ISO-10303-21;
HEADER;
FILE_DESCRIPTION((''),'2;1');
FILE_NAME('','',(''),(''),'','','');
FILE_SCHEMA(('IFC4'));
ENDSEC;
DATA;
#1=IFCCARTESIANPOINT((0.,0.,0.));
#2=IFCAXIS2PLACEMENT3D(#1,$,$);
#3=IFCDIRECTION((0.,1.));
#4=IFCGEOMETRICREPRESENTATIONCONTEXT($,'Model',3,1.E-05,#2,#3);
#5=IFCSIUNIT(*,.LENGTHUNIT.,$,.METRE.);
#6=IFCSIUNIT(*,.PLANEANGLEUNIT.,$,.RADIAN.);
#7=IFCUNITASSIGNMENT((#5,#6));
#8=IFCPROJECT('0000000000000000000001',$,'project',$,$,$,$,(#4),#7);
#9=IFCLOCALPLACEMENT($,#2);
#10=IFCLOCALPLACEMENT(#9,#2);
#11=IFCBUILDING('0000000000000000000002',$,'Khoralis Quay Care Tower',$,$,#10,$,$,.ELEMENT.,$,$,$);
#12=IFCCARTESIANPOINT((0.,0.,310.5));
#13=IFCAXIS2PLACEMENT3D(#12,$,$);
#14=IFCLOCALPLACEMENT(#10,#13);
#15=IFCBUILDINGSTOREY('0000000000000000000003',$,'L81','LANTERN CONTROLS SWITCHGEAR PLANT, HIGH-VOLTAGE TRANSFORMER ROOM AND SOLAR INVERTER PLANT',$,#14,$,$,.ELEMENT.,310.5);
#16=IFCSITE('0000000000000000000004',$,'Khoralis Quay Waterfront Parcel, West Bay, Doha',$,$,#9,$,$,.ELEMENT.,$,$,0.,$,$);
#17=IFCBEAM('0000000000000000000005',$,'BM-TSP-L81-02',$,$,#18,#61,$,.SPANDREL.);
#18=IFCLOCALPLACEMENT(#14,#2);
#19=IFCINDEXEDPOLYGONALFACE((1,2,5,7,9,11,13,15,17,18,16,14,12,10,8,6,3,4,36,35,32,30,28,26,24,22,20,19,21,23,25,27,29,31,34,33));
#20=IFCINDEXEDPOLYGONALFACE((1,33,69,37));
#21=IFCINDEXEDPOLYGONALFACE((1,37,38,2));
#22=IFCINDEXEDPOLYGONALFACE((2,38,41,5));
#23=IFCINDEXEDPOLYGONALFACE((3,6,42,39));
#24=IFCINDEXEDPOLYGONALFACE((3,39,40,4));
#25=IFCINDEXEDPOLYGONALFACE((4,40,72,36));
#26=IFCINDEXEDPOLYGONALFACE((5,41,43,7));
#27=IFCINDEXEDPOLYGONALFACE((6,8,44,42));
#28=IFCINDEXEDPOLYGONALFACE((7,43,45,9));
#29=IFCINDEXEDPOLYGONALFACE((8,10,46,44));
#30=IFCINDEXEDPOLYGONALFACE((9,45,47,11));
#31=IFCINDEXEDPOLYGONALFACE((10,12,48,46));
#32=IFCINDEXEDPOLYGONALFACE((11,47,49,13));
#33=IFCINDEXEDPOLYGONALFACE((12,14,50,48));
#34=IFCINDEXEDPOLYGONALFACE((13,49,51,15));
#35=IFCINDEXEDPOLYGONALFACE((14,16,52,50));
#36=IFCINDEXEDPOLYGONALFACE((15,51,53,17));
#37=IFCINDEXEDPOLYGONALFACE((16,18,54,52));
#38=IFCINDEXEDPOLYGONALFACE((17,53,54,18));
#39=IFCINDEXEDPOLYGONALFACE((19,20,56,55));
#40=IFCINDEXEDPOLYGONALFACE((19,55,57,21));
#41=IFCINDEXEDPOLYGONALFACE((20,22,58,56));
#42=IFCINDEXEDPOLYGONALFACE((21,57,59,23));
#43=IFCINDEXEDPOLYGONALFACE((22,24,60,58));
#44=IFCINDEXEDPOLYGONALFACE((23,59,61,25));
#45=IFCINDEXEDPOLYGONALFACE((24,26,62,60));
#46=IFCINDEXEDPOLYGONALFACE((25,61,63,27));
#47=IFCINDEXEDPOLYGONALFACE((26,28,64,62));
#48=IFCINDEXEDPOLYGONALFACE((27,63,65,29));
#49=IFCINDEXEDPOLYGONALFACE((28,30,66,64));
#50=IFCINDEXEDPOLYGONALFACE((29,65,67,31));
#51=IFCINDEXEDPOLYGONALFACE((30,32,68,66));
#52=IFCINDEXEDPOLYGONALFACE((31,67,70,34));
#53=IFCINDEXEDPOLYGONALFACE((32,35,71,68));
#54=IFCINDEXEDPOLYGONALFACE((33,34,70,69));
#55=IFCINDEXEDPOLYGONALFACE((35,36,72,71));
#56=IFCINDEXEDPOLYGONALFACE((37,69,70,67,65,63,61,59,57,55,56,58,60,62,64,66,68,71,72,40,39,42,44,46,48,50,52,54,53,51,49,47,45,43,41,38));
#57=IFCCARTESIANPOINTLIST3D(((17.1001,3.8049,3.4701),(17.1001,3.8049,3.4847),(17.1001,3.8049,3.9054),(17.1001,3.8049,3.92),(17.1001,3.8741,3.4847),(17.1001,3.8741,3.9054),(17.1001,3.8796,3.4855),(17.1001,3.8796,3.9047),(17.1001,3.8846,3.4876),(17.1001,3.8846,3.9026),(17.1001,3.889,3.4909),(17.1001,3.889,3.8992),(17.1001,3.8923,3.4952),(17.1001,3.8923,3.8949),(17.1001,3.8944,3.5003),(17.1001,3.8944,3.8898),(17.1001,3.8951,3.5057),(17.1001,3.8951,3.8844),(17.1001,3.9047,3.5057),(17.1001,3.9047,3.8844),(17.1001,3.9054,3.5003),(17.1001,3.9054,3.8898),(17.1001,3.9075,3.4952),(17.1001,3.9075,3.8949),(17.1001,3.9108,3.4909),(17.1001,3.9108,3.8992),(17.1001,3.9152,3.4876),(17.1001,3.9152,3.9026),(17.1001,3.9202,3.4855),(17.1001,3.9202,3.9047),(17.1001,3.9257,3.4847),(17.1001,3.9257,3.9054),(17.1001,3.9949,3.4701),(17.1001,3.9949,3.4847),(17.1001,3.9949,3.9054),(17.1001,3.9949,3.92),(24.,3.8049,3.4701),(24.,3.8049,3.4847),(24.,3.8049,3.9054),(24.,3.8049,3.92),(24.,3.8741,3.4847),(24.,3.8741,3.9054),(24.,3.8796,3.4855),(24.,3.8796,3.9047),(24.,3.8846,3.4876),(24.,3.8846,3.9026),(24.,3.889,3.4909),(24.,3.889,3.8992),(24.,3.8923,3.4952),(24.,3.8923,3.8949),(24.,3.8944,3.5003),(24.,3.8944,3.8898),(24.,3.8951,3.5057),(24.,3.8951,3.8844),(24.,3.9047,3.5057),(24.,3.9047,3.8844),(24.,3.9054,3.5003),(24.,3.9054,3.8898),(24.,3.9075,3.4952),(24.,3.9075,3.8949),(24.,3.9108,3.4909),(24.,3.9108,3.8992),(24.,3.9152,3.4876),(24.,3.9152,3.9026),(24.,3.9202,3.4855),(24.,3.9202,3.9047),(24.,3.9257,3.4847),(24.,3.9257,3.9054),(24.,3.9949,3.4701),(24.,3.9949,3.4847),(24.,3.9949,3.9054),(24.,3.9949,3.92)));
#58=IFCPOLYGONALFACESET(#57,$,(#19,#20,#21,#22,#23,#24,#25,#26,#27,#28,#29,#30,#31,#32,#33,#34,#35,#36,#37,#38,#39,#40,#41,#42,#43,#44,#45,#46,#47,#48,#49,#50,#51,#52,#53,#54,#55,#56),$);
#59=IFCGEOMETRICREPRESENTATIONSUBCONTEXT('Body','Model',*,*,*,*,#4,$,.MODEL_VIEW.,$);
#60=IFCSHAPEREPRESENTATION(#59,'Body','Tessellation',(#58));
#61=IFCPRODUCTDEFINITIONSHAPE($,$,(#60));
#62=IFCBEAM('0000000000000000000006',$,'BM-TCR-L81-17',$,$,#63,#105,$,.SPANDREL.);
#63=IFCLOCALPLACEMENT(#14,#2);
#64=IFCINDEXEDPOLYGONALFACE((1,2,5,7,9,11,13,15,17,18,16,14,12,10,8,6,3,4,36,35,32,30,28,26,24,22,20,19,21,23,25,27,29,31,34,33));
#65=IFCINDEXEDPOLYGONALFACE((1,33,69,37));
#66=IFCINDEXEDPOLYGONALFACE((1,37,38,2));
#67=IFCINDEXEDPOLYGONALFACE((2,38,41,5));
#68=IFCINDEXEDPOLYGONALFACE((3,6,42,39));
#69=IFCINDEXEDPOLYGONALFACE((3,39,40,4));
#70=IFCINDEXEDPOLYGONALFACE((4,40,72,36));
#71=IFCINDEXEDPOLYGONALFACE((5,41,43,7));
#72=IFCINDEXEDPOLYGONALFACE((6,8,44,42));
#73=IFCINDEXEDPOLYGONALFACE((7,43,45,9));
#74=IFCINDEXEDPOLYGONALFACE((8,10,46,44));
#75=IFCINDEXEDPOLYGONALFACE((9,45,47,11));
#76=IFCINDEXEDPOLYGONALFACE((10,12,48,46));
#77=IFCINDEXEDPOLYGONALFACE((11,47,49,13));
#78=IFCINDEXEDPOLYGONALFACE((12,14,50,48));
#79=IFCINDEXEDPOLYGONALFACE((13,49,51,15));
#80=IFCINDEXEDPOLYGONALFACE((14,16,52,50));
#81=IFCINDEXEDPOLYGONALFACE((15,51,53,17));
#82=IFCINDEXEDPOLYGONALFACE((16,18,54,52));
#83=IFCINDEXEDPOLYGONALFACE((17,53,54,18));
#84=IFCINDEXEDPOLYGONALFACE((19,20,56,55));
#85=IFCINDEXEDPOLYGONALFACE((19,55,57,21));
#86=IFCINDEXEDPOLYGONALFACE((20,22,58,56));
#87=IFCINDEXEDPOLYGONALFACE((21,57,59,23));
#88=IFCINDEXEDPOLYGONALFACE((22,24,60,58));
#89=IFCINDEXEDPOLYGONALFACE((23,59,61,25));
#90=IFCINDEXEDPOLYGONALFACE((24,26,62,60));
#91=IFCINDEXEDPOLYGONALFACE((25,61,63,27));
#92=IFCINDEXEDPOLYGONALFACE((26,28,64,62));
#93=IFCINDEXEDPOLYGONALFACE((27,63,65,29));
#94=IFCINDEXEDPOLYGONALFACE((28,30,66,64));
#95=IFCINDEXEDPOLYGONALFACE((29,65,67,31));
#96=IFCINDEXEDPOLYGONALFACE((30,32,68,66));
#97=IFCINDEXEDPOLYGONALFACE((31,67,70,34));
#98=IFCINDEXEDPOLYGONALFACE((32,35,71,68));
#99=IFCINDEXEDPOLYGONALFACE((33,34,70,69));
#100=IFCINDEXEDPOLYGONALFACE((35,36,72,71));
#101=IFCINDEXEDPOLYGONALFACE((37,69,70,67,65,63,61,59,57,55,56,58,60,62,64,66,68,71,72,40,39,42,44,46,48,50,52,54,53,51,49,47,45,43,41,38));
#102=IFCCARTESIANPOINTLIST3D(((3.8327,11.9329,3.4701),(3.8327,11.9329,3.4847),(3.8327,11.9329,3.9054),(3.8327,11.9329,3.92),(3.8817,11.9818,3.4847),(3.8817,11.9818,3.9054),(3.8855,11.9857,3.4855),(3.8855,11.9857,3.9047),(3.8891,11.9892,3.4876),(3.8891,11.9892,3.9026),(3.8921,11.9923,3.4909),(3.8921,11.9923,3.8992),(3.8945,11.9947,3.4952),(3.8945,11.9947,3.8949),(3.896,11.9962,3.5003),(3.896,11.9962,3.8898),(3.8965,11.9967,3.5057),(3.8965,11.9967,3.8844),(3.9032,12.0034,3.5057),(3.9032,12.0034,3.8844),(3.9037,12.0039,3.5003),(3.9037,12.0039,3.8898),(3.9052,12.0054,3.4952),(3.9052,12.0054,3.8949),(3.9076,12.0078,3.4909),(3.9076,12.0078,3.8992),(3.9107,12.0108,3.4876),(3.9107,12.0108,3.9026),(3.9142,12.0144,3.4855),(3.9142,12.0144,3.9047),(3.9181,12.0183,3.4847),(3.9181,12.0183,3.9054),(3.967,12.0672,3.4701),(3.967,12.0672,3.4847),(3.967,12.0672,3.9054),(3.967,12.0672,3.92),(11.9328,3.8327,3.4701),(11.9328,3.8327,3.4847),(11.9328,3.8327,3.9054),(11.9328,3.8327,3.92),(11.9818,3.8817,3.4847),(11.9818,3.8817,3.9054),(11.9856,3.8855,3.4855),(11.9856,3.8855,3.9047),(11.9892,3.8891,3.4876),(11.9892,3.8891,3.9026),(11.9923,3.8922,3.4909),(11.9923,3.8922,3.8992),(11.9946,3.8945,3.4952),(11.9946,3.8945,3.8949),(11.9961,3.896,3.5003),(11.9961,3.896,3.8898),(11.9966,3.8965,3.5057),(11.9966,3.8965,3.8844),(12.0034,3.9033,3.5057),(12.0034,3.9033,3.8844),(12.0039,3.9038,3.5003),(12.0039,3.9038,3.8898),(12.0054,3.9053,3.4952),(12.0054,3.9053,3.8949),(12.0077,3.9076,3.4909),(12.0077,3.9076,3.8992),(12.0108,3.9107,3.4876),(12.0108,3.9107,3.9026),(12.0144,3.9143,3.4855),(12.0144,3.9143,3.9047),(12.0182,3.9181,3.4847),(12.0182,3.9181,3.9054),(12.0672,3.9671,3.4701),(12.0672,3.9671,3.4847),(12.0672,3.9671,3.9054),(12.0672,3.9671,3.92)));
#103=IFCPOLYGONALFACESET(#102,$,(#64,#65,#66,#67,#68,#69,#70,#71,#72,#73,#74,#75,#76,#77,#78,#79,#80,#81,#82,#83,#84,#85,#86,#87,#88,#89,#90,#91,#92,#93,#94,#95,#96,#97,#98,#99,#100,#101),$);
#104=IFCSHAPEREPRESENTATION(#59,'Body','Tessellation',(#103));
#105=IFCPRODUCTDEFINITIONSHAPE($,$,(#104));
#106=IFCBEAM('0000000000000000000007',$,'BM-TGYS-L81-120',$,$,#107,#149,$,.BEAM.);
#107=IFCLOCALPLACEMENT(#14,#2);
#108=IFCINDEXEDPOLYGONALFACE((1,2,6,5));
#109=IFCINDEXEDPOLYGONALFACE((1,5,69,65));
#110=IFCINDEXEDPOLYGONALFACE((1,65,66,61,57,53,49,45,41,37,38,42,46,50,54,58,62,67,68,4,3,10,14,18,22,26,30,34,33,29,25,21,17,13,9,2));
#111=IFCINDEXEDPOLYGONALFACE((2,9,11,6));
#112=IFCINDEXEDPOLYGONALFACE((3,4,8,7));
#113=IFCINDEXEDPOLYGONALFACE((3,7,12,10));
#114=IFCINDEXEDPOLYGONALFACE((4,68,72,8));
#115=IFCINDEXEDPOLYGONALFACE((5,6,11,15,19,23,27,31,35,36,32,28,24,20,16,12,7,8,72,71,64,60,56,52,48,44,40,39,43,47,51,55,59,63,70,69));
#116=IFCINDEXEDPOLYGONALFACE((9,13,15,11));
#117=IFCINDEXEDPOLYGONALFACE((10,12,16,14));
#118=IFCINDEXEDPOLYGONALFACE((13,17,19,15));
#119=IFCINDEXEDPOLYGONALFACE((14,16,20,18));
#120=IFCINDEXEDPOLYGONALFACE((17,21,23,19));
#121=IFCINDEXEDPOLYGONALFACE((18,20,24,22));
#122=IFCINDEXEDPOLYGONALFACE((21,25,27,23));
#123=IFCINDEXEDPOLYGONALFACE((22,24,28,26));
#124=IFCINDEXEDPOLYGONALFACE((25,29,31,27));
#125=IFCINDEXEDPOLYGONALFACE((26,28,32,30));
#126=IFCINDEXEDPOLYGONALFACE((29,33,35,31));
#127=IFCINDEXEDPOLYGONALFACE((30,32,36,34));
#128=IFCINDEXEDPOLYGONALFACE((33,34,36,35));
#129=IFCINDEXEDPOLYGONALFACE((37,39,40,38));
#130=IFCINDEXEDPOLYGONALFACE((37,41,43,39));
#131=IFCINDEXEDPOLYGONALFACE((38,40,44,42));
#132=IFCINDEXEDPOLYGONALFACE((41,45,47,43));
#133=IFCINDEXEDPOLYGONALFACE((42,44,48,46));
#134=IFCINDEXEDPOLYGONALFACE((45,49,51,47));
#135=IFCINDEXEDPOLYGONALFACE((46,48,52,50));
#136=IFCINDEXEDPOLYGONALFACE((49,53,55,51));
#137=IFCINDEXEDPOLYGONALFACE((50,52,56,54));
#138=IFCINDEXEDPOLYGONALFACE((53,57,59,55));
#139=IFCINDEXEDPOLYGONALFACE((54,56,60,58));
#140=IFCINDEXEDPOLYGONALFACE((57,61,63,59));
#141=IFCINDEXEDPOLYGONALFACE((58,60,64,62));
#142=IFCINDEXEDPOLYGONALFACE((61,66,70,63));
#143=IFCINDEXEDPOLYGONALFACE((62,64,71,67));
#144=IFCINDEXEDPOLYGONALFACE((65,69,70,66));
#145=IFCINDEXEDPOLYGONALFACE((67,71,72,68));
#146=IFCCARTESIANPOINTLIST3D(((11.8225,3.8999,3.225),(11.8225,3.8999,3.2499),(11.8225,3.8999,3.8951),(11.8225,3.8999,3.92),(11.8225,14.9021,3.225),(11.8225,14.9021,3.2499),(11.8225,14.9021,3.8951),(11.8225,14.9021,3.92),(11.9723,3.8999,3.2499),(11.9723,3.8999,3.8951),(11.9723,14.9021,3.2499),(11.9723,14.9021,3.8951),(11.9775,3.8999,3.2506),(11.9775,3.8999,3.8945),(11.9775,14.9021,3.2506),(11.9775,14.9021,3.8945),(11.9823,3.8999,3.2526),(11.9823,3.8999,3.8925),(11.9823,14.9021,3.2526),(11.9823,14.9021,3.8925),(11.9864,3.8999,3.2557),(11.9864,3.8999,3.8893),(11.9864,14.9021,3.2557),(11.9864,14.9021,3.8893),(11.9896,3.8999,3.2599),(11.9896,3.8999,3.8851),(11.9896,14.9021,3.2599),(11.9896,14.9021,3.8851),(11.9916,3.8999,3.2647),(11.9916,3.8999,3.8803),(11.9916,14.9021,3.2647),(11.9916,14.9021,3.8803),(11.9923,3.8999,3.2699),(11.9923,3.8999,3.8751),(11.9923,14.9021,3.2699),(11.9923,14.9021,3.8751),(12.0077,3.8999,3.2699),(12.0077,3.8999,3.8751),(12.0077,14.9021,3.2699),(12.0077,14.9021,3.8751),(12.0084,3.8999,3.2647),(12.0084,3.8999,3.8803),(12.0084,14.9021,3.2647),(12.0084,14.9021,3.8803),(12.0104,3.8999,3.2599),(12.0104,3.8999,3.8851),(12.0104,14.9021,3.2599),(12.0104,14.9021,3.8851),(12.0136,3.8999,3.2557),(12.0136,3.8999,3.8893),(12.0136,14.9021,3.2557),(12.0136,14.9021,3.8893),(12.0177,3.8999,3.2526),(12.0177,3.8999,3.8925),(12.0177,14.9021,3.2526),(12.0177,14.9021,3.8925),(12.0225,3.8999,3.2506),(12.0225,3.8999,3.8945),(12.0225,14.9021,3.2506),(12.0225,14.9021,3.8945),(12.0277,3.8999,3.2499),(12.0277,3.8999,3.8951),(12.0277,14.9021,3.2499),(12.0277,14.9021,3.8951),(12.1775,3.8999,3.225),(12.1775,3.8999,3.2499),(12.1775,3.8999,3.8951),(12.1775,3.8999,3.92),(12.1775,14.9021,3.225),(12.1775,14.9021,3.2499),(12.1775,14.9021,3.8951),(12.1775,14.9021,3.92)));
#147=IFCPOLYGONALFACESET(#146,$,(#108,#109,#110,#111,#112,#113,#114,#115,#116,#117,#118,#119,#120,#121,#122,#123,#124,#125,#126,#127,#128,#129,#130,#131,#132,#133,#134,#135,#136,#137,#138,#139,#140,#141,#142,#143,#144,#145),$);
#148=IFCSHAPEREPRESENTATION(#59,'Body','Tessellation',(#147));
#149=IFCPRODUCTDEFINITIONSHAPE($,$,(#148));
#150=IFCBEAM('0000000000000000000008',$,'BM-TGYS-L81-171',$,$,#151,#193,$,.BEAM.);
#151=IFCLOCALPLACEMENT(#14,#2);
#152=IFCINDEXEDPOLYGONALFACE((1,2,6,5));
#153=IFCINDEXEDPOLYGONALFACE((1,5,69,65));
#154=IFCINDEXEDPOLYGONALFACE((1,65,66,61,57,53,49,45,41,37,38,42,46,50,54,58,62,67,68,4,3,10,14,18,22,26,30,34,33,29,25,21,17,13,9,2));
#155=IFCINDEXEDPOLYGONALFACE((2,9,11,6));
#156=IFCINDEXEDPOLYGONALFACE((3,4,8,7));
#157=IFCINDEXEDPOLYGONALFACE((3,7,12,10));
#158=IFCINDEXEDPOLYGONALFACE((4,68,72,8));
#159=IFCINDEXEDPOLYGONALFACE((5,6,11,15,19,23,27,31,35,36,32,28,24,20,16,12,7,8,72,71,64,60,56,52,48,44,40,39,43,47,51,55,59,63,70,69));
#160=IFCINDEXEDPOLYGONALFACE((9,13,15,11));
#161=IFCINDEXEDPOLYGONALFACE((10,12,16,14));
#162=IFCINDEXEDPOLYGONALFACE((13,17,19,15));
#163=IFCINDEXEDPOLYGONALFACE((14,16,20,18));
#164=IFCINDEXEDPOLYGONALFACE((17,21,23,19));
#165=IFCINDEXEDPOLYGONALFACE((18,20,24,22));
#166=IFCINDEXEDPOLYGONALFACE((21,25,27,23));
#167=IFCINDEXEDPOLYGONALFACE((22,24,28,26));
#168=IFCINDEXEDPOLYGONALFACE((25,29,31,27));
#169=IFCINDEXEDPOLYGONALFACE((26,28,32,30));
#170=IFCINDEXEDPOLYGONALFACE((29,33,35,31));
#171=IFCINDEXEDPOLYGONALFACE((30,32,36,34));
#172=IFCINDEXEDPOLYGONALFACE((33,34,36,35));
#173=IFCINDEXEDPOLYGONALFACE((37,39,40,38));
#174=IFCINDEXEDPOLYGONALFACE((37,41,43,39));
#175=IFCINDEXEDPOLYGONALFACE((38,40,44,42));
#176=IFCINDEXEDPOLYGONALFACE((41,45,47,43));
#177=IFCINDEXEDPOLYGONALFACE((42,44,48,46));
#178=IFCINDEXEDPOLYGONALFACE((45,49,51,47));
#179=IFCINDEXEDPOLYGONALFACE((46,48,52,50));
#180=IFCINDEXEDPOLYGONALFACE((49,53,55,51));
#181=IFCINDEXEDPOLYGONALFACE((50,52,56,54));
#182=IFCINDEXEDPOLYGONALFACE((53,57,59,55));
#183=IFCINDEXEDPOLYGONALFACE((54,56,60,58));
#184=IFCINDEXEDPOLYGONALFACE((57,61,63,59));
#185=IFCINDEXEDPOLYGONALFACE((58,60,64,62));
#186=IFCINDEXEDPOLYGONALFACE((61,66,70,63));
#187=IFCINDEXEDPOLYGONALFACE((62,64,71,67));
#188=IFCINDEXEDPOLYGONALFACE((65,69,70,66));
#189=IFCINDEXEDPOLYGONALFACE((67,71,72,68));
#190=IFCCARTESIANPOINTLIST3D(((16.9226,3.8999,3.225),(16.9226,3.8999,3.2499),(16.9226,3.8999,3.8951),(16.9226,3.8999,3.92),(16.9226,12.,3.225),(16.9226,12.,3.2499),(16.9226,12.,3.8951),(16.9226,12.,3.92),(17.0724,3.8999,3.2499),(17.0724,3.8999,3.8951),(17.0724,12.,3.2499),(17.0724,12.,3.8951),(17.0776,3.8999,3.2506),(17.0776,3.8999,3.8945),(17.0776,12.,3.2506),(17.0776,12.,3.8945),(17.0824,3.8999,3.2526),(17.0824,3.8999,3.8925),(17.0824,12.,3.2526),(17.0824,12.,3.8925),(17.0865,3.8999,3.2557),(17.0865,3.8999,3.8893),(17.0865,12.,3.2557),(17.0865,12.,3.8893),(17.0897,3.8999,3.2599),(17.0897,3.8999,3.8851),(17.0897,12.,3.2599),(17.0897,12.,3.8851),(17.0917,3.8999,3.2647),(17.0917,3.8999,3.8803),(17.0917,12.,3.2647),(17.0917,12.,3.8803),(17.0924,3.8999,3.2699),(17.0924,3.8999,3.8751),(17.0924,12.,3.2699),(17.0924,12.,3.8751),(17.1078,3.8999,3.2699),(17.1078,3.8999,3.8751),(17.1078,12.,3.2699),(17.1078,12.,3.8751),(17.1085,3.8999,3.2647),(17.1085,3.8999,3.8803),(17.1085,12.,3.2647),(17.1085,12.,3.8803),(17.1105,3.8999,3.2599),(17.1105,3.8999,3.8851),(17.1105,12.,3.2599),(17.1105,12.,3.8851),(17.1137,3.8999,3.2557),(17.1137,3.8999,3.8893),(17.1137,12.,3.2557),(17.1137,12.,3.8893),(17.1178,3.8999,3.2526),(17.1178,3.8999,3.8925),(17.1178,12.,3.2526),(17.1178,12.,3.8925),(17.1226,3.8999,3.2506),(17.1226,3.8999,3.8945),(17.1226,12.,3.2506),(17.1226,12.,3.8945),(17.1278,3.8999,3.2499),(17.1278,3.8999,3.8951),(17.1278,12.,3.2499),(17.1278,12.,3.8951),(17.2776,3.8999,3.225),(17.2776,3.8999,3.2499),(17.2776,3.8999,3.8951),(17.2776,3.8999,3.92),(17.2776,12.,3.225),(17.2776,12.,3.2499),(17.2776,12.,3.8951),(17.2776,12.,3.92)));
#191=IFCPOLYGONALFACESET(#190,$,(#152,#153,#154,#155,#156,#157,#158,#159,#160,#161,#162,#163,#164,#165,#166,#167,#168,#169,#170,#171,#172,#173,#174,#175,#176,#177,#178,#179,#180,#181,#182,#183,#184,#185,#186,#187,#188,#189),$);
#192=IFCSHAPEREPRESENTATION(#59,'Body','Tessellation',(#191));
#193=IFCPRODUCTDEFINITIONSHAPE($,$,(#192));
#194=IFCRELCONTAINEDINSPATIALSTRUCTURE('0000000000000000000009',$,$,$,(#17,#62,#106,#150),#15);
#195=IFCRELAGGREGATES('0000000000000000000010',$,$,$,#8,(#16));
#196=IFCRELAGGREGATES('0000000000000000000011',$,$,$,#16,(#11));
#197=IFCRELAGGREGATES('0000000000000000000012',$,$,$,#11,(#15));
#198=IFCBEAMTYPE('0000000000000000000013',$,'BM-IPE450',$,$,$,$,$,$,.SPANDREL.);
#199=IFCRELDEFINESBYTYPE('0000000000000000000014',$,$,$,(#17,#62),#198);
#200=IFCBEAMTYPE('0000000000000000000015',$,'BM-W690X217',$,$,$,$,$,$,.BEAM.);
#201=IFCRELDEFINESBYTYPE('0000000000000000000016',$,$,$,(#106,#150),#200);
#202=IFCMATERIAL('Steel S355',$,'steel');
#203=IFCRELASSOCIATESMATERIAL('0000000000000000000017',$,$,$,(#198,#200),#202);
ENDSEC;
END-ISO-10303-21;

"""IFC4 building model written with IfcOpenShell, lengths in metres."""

from ifc_helpers import new_model, si_unit, direction, frame, origin, origin_2d, place, context, subcontext, project, spatial, i_section, extrude, source, transform, mapped, material, material_profile, profile_set, type_object, element, save


model = new_model("IFC4")

# Units and contexts
model_context = context("Model", 3, precision=1e-05, world=origin(), true_north=direction((0.0, 1.0)))
body_context = subcontext(model_context, "Body", "Model", "MODEL_VIEW")
ifc_project = project(units=[si_unit("LENGTHUNIT", "METRE"), si_unit("PLANEANGLEUNIT", "RADIAN")], contexts=[model_context])

# Site, building, storey
site_placement = place(None, origin())
site = spatial("IfcSite", under=ifc_project, at=site_placement, Name="Khoralis Quay Waterfront Parcel, West Bay, Doha", CompositionType="ELEMENT", RefElevation=0.0)
building_placement = place(site_placement, origin())
building = spatial("IfcBuilding", under=site, at=building_placement, Name="Khoralis Quay Care Tower", CompositionType="ELEMENT")
storey_placement = place(building_placement, frame((0.0, 0.0, 310.5)))
storey = spatial("IfcBuildingStorey", under=building, at=storey_placement, Name="L81", Description="LANTERN CONTROLS SWITCHGEAR PLANT, HIGH-VOLTAGE TRANSFORMER ROOM AND SOLAR INVERTER PLANT", CompositionType="ELEMENT", Elevation=310.5)

# Beams
ifc_material_1 = material(Name="Steel S355", Category="steel")
ifc_material_profile_1 = material_profile(ifc_material_1, i_section(OverallWidth=0.1899, OverallDepth=0.45, WebThickness=0.0095, FlangeThickness=0.0146, FilletRadius=0.021, at=origin_2d()), Name="Steel S355")
ifc_profile_set_1 = profile_set([ifc_material_profile_1], Name="Steel S355")
beam_type_1 = type_object("IfcBeamType", Name="BM-IPE450", PredefinedType="SPANDREL", material=ifc_profile_set_1)
shared_shape_1 = source(origin(), body_context, "Body", "SweptSolid", [
    extrude(i_section(OverallWidth=0.1899, OverallDepth=0.45, WebThickness=0.0095, FlangeThickness=0.0146, FilletRadius=0.021, at=origin_2d()), origin(), (0.0, 0.0, 1.0), 6.8999),
])
beam_1_placement = place(storey_placement, frame((17.1001, 3.8999, 3.6951), z_axis=(1.0, 0.0, 0.0), x_axis=(0.0, 1.0, 0.0)))
element("IfcBeam", 1, at=beam_1_placement, inside=storey, type_object=beam_type_1, Name="BM-TSP-L81-02", PredefinedType="SPANDREL", context=body_context, shape_type="MappedRepresentation", body=[
    mapped(shared_shape_1, transform((0.0, 0.0, 0.0), scale=1.0)),
])
shared_shape_2 = source(origin(), body_context, "Body", "SweptSolid", [
    extrude(i_section(OverallWidth=0.1899, OverallDepth=0.45, WebThickness=0.0095, FlangeThickness=0.0146, FilletRadius=0.021, at=origin_2d()), origin(), (0.0, 0.0, 1.0), 11.4553),
])
beam_2_placement = place(storey_placement, frame((12.0, 3.8999, 3.6951), z_axis=(-0.707107, 0.707107, 0.0), x_axis=(-0.707107, -0.707107, 0.0)))
element("IfcBeam", 2, at=beam_2_placement, inside=storey, type_object=beam_type_1, Name="BM-TCR-L81-17", PredefinedType="SPANDREL", context=body_context, shape_type="MappedRepresentation", body=[
    mapped(shared_shape_2, transform((0.0, 0.0, 0.0), scale=1.0)),
])
ifc_material_profile_2 = material_profile(ifc_material_1, i_section(OverallWidth=0.355, OverallDepth=0.6951, WebThickness=0.0154, FlangeThickness=0.0249, FilletRadius=0.02, at=origin_2d()), Name="Steel S355")
ifc_profile_set_2 = profile_set([ifc_material_profile_2], Name="Steel S355")
beam_type_2 = type_object("IfcBeamType", Name="BM-W690X217", PredefinedType="BEAM", material=ifc_profile_set_2)
shared_shape_3 = source(origin(), body_context, "Body", "SweptSolid", [
    extrude(i_section(OverallWidth=0.355, OverallDepth=0.6951, WebThickness=0.0154, FlangeThickness=0.0249, FilletRadius=0.02, at=origin_2d()), origin(), (0.0, 0.0, 1.0), 11.0022),
])
beam_3_placement = place(storey_placement, frame((12.0, 3.8999, 3.5725), z_axis=(0.0, 1.0, 0.0), x_axis=(-1.0, 0.0, 0.0)))
element("IfcBeam", 3, at=beam_3_placement, inside=storey, type_object=beam_type_2, Name="BM-TGYS-L81-120", PredefinedType="BEAM", context=body_context, shape_type="MappedRepresentation", body=[
    mapped(shared_shape_3, transform((0.0, 0.0, 0.0), scale=1.0)),
])
shared_shape_4 = source(origin(), body_context, "Body", "SweptSolid", [
    extrude(i_section(OverallWidth=0.355, OverallDepth=0.6951, WebThickness=0.0154, FlangeThickness=0.0249, FilletRadius=0.02, at=origin_2d()), origin(), (0.0, 0.0, 1.0), 8.1001),
])
beam_4_placement = place(storey_placement, frame((17.1001, 3.8999, 3.5725), z_axis=(0.0, 1.0, 0.0), x_axis=(-1.0, 0.0, 0.0)))
element("IfcBeam", 4, at=beam_4_placement, inside=storey, type_object=beam_type_2, Name="BM-TGYS-L81-171", PredefinedType="BEAM", context=body_context, shape_type="MappedRepresentation", body=[
    mapped(shared_shape_4, transform((0.0, 0.0, 0.0), scale=1.0)),
])

save(model, "model.ifc")
